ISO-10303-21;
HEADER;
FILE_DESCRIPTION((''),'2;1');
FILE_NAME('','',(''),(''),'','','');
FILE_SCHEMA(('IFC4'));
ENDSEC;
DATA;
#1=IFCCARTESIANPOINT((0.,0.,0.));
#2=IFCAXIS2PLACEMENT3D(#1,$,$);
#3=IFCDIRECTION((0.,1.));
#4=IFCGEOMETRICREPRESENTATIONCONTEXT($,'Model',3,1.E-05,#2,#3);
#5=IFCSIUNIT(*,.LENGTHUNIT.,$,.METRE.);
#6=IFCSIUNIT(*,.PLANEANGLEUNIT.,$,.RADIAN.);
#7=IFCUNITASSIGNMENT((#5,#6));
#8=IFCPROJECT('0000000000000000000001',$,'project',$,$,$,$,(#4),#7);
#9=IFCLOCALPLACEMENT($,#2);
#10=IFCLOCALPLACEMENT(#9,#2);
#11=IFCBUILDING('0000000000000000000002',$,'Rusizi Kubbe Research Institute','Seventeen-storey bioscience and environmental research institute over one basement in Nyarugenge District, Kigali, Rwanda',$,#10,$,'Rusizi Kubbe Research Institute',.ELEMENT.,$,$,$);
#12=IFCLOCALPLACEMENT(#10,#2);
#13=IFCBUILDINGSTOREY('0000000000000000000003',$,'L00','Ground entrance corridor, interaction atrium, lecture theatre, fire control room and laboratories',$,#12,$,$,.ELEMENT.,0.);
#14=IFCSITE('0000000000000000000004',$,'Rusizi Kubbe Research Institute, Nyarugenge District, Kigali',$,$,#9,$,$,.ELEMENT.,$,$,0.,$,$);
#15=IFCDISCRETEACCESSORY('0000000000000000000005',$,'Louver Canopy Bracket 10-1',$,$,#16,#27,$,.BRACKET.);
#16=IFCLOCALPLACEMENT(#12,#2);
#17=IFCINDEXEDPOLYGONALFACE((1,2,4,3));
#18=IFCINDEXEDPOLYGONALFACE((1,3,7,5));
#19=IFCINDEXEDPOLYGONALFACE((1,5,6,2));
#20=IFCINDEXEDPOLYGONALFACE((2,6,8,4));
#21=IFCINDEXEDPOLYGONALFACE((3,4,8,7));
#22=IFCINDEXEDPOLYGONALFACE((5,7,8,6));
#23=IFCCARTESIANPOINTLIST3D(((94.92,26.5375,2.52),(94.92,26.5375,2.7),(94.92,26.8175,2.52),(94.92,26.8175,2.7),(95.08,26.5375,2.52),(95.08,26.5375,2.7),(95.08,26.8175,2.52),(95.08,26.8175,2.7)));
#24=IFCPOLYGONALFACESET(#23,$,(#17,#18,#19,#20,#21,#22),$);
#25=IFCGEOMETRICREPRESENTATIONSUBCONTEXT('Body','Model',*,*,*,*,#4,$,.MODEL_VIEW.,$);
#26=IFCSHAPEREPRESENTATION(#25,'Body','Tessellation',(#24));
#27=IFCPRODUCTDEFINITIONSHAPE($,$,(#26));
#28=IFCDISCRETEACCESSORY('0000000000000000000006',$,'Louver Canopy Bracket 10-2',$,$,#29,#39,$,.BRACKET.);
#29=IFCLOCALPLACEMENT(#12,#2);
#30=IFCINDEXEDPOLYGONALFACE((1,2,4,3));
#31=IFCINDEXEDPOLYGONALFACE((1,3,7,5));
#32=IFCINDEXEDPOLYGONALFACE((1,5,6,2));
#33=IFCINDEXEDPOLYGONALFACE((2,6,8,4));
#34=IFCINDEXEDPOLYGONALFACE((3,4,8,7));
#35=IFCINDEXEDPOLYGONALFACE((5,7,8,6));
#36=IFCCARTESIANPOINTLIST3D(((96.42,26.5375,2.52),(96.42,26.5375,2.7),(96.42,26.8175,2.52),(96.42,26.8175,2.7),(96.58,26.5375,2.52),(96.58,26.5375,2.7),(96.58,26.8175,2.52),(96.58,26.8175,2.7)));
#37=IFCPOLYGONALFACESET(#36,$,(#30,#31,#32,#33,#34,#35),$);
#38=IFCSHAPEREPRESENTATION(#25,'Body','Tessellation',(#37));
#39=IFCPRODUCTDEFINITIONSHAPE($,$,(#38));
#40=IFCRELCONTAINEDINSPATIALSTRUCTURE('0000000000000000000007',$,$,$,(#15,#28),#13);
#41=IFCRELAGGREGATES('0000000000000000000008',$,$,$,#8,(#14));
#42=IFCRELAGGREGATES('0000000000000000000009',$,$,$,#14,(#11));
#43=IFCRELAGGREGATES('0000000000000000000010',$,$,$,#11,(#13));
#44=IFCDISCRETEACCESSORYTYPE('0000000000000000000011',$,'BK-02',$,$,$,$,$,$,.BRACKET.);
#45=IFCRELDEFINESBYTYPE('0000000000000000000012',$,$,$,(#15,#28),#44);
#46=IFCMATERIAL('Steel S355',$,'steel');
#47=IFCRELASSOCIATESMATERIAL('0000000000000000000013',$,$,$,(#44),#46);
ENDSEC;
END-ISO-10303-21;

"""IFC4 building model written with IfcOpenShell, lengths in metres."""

from ifc_helpers import new_model, si_unit, direction, frame, origin, origin_2d, place, context, subcontext, project, spatial, rectangle, extrude, material, type_object, element, save


model = new_model("IFC4")

# Units and contexts
model_context = context("Model", 3, precision=1e-05, world=origin(), true_north=direction((0.0, 1.0)))
body_context = subcontext(model_context, "Body", "Model", "MODEL_VIEW")
ifc_project = project(units=[si_unit("LENGTHUNIT", "METRE"), si_unit("PLANEANGLEUNIT", "RADIAN")], contexts=[model_context])

# Site, building, storey
site_placement = place(None, origin())
site = spatial("IfcSite", under=ifc_project, at=site_placement, Name="Rusizi Kubbe Research Institute, Nyarugenge District, Kigali", CompositionType="ELEMENT", RefElevation=0.0)
building_placement = place(site_placement, origin())
building = spatial("IfcBuilding", under=site, at=building_placement, Name="Rusizi Kubbe Research Institute", Description="Seventeen-storey bioscience and environmental research institute over one basement in Nyarugenge District, Kigali, Rwanda", LongName="Rusizi Kubbe Research Institute", CompositionType="ELEMENT")
storey_placement = place(building_placement, origin())
storey = spatial("IfcBuildingStorey", under=building, at=storey_placement, Name="L00", Description="Ground entrance corridor, interaction atrium, lecture theatre, fire control room and laboratories", CompositionType="ELEMENT", Elevation=0.0)

# Discrete accessories
ifc_material_1 = material(Name="Steel S355", Category="steel")
discrete_accessory_type = type_object("IfcDiscreteAccessoryType", Name="BK-02", PredefinedType="BRACKET", material=ifc_material_1)
for number, where, z_axis, x_axis, name in (
    (1, (95.0, 26.6775, 2.52), (0.0, 0.0, 1.0), (1.0, 0.0, 0.0), "Louver Canopy Bracket 10-1"),
    (2, (96.5, 26.6775, 2.52), (0.0, 0.0, 1.0), (1.0, 0.0, 0.0), "Louver Canopy Bracket 10-2"),
):
    element("IfcDiscreteAccessory", number, at=place(storey_placement, frame(where, z_axis=z_axis, x_axis=x_axis)), inside=storey, type_object=discrete_accessory_type, Name=name, PredefinedType="BRACKET", context=body_context, shape_type="SweptSolid", body=[
        extrude(rectangle(XDim=0.1599, YDim=0.28, at=origin_2d()), origin(), (0.0, 0.0, 1.0), 0.1799),
    ])

save(model, "model.ifc")
